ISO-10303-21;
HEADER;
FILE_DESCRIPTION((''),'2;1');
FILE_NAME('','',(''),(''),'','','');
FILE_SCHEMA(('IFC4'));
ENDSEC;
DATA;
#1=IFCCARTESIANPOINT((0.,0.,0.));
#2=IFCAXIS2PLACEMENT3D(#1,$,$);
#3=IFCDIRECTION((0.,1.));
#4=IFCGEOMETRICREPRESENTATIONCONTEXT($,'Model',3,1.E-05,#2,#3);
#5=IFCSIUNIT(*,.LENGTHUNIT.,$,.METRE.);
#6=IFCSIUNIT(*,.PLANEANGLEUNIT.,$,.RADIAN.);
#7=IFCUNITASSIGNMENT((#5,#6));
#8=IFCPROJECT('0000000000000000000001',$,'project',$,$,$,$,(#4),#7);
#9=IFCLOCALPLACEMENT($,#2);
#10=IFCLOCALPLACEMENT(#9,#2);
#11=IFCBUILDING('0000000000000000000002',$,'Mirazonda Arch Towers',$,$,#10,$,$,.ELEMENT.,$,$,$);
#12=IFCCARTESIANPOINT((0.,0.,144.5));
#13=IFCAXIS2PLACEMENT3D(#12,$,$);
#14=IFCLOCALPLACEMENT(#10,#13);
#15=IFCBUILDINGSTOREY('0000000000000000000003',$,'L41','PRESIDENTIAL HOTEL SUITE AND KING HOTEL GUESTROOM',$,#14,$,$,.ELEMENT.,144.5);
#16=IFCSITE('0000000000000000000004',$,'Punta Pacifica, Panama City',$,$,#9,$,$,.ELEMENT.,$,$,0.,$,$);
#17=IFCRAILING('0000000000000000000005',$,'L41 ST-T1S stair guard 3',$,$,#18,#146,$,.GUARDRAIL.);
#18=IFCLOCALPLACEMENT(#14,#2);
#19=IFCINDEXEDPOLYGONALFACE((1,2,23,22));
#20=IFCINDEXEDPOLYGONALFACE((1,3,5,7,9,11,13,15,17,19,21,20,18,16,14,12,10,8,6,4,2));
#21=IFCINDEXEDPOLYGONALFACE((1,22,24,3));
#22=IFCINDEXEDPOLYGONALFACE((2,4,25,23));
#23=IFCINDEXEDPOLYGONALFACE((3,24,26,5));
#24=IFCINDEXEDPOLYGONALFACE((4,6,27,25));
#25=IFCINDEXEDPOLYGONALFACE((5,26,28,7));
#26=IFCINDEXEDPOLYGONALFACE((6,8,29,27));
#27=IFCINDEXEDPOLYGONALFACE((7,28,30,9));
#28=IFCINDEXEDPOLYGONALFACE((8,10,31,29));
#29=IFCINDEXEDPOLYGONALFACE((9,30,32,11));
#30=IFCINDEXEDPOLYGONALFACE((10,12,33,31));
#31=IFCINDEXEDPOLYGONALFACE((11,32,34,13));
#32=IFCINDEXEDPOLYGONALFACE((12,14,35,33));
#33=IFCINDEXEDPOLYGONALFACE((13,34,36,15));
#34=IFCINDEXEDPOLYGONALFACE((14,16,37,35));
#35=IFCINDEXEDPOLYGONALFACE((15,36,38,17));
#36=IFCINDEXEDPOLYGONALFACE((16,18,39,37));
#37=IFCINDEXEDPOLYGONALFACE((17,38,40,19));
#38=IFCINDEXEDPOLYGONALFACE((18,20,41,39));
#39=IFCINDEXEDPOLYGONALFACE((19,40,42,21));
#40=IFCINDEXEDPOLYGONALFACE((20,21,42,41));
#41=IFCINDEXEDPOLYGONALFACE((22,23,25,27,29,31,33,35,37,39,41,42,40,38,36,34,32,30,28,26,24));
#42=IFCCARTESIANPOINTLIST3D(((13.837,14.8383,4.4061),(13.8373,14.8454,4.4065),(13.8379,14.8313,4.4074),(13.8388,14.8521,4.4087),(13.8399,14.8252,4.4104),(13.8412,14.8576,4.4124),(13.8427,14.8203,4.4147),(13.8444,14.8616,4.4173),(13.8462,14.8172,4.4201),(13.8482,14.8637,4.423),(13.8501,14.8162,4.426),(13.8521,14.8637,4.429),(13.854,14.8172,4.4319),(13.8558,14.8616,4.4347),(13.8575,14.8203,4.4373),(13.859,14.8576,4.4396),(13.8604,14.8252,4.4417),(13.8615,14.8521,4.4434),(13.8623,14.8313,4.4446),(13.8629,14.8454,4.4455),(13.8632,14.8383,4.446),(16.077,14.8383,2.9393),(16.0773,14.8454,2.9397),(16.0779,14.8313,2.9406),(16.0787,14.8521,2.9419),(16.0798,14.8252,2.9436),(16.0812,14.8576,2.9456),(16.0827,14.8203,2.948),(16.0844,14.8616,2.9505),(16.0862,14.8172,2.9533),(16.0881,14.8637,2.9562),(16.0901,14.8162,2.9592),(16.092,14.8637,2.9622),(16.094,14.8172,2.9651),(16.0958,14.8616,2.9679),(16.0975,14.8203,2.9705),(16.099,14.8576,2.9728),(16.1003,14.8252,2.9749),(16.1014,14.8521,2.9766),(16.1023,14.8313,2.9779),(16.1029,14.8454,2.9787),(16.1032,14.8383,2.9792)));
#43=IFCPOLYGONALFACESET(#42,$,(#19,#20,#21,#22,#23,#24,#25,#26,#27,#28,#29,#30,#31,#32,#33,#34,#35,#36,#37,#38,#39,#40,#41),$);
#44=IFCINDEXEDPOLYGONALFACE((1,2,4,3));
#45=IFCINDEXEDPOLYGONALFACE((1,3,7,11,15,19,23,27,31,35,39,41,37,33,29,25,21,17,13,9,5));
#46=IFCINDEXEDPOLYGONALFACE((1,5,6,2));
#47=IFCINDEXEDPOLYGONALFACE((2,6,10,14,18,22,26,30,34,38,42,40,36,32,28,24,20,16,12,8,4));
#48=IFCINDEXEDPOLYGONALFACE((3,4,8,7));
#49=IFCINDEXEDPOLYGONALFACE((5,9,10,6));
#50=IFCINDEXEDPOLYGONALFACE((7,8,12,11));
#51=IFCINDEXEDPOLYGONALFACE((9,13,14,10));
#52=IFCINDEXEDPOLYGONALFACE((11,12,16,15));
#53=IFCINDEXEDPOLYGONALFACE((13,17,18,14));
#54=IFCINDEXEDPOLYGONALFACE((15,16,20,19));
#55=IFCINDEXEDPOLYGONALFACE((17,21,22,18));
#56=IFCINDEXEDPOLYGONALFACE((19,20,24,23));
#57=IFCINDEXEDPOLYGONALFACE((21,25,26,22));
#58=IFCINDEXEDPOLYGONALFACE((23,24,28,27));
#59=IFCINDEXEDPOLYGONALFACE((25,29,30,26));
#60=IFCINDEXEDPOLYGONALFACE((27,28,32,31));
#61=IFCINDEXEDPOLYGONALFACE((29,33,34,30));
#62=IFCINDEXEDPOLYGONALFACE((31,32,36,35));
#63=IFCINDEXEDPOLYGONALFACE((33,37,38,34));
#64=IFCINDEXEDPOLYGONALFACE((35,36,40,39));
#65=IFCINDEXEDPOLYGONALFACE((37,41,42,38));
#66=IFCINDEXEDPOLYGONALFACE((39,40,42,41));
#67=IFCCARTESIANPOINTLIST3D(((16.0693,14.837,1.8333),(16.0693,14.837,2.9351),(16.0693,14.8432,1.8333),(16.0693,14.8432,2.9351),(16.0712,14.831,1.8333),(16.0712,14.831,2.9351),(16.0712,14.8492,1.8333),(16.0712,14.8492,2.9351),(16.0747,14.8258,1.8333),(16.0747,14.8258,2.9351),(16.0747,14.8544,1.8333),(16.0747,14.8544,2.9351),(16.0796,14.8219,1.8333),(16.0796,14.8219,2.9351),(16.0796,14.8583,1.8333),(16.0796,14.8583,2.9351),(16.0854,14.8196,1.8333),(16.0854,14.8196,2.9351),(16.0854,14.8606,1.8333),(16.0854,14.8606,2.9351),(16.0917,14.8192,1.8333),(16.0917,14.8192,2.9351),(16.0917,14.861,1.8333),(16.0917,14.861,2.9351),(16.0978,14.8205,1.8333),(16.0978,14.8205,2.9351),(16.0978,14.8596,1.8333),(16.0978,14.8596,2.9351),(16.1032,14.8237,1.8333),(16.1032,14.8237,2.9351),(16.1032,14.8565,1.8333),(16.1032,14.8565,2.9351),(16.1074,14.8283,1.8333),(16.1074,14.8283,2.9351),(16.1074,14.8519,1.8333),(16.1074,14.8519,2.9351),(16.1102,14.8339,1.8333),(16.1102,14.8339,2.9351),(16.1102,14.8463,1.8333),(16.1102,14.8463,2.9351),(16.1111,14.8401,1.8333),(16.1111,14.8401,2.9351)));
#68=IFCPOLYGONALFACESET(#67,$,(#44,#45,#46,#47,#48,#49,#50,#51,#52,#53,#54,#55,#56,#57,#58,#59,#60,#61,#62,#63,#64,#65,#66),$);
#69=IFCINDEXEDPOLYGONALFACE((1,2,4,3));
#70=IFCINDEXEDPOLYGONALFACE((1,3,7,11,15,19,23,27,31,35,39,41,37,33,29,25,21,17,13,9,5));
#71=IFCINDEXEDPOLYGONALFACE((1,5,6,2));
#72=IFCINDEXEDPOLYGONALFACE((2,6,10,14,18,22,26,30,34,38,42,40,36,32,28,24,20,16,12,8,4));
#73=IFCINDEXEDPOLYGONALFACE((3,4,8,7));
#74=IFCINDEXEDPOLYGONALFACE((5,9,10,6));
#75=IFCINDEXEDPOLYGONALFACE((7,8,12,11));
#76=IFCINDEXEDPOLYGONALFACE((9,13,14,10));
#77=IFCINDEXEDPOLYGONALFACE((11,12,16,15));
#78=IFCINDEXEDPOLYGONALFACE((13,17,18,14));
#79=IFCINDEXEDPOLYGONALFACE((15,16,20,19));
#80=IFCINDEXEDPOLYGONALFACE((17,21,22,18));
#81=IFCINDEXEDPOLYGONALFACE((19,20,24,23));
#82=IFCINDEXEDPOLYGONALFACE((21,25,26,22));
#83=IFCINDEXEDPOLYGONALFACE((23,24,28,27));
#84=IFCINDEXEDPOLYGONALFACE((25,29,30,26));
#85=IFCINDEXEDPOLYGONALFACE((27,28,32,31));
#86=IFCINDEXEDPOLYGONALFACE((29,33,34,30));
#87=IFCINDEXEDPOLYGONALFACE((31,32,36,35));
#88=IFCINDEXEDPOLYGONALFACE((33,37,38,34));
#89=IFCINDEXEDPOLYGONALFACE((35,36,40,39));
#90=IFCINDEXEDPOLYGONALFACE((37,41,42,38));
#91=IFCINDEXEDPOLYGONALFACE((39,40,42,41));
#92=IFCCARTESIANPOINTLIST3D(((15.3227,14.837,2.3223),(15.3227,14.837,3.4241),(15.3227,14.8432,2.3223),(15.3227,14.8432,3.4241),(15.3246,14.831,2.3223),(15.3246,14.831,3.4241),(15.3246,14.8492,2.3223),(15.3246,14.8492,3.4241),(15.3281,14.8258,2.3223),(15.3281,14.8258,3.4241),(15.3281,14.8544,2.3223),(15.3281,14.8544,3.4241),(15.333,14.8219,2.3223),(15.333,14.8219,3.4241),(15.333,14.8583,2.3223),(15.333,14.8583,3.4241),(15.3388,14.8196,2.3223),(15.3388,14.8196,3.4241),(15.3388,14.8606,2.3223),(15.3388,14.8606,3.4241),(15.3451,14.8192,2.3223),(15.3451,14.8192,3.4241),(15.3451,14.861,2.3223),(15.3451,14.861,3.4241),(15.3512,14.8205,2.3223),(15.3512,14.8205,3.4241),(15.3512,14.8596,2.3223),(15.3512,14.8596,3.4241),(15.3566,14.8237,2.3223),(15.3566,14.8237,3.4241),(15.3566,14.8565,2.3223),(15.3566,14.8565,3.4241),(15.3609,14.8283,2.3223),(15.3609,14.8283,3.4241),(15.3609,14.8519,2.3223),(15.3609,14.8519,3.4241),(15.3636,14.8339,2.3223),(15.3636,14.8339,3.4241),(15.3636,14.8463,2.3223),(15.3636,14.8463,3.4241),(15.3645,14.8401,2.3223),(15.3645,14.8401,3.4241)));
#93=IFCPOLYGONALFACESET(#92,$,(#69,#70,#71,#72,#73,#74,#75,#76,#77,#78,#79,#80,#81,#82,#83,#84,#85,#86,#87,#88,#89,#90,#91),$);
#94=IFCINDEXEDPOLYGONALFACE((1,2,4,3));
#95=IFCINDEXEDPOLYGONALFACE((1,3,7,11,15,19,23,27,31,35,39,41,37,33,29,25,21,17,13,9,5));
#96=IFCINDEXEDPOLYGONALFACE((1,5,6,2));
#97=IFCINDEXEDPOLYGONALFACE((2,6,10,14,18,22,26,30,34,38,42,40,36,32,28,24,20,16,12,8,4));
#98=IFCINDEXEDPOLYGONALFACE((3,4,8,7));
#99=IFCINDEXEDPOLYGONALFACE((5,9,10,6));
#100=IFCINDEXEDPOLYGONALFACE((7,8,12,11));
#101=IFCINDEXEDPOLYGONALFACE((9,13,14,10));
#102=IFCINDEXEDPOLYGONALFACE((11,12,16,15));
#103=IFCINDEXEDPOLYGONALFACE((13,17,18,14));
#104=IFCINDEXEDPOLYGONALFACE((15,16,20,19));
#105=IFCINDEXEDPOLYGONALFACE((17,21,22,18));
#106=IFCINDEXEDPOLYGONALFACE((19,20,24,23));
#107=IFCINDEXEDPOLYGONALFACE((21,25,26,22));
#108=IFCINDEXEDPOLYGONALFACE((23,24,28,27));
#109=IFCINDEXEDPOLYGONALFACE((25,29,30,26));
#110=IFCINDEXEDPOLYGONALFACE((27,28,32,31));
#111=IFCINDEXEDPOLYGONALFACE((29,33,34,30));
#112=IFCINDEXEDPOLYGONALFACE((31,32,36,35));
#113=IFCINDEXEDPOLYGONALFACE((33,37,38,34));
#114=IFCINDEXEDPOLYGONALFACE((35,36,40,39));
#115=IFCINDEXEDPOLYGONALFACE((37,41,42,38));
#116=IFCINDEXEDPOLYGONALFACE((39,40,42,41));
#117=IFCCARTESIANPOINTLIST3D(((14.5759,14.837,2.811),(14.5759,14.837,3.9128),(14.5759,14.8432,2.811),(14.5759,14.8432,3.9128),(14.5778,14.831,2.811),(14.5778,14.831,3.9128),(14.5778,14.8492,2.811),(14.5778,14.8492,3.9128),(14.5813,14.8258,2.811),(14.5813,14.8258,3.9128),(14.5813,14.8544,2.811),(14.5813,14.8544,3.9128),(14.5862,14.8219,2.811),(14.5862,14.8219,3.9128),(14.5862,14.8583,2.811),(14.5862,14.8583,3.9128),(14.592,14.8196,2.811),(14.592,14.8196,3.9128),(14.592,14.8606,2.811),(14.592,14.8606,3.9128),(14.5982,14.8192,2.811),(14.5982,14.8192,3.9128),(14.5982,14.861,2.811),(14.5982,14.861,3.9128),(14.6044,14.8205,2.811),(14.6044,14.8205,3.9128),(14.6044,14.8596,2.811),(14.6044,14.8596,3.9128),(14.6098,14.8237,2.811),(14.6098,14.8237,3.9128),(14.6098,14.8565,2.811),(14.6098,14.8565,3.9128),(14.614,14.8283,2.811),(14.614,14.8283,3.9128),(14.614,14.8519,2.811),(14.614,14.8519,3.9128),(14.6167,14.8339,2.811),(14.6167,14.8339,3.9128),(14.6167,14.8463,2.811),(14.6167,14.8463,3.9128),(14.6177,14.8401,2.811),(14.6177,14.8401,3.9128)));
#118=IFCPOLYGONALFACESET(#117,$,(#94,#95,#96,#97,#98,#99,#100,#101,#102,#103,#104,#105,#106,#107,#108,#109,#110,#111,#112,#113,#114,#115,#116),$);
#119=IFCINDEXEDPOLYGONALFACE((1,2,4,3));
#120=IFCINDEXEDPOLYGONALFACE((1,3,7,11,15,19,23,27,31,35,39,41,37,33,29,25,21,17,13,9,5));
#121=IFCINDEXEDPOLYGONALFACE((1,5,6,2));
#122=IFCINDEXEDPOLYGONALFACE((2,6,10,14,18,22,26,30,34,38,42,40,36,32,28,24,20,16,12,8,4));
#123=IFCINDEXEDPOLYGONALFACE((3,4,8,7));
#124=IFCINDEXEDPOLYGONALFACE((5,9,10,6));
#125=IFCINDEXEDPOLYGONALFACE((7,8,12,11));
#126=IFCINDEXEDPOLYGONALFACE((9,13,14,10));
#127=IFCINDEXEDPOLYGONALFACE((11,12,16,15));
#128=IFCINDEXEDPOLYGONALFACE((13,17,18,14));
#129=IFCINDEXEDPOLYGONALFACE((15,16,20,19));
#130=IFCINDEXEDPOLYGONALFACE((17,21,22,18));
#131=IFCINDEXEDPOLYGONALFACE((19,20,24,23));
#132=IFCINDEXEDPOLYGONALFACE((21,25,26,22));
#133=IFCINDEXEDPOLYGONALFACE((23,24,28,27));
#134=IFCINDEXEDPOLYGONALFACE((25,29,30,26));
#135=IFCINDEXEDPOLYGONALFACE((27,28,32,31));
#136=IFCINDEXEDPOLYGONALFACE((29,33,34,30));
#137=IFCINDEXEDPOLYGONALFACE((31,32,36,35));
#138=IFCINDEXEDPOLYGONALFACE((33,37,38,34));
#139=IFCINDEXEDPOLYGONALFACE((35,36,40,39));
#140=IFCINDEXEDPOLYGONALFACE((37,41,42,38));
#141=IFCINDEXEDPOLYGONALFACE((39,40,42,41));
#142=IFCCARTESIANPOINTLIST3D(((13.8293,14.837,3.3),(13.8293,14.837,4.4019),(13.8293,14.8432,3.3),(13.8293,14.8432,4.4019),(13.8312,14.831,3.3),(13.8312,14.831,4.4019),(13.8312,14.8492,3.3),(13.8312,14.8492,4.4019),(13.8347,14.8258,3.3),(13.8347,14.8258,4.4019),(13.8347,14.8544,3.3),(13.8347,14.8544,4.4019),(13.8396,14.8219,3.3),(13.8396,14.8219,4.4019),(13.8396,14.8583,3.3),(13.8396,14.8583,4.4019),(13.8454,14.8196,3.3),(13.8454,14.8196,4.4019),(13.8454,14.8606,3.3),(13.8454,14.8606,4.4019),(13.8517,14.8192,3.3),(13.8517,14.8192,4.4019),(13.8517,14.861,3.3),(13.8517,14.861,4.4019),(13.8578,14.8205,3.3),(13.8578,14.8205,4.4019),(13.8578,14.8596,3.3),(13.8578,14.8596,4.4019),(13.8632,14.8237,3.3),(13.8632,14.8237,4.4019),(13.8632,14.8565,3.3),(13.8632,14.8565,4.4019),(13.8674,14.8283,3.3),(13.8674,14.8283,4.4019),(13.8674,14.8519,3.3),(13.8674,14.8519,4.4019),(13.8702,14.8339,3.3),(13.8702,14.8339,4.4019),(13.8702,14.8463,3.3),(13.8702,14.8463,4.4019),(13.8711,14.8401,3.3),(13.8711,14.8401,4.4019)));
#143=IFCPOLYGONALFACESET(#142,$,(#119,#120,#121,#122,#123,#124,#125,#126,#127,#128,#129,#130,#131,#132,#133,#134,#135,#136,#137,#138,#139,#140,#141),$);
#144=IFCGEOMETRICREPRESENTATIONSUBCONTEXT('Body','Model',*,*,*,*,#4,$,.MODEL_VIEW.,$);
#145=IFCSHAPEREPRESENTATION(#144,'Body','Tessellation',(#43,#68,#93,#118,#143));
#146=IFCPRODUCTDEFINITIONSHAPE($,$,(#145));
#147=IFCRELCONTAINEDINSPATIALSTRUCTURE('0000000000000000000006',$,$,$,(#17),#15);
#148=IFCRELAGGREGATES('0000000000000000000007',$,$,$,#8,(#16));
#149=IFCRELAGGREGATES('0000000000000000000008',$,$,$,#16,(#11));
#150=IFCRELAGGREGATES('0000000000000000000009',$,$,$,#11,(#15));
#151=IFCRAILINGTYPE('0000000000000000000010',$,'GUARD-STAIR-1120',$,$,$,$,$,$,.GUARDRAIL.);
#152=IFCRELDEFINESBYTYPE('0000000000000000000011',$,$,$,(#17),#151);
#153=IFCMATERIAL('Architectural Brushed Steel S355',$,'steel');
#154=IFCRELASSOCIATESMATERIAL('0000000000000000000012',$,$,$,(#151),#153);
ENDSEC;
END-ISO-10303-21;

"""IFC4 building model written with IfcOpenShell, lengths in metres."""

from ifc_helpers import new_model, si_unit, direction, frame, origin, origin_2d, place, context, subcontext, project, spatial, circle, extrude, material, type_object, element, save


model = new_model("IFC4")

# Units and contexts
model_context = context("Model", 3, precision=1e-05, world=origin(), true_north=direction((0.0, 1.0)))
body_context = subcontext(model_context, "Body", "Model", "MODEL_VIEW")
ifc_project = project(units=[si_unit("LENGTHUNIT", "METRE"), si_unit("PLANEANGLEUNIT", "RADIAN")], contexts=[model_context])

# Site, building, storey
site_placement = place(None, origin())
site = spatial("IfcSite", under=ifc_project, at=site_placement, Name="Punta Pacifica, Panama City", CompositionType="ELEMENT", RefElevation=0.0)
building_placement = place(site_placement, origin())
building = spatial("IfcBuilding", under=site, at=building_placement, Name="Mirazonda Arch Towers", CompositionType="ELEMENT")
storey_placement = place(building_placement, frame((0.0, 0.0, 144.5)))
storey = spatial("IfcBuildingStorey", under=building, at=storey_placement, Name="L41", Description="PRESIDENTIAL HOTEL SUITE AND KING HOTEL GUESTROOM", CompositionType="ELEMENT", Elevation=144.5)

# Shared definitions
ifc_material_1 = material(Name="Architectural Brushed Steel S355", Category="steel")

# Railing
railing_type_1 = type_object("IfcRailingType", Name="GUARD-STAIR-1120", PredefinedType="GUARDRAIL", material=ifc_material_1)
railing_1_placement = place(storey_placement, frame((16.0901, 14.8401, 1.8333)))
element("IfcRailing", 1, at=railing_1_placement, inside=storey, type_object=railing_type_1, Name="L41 ST-T1S stair guard 3", PredefinedType="GUARDRAIL", context=body_context, shape_type="SweptSolid", body=[
    extrude(circle(Radius=0.0239, at=origin_2d()), frame((0.0, 0.0, 1.126), z_axis=(-0.836595, 0.0, 0.547822), x_axis=(0.0, -1.0, 0.0)), (0.0, 0.0, 1.0), 2.6775),
    extrude(circle(Radius=0.021, at=origin_2d()), origin(), (0.0, 0.0, 1.0), 1.1018),
    extrude(circle(Radius=0.021, at=origin_2d()), frame((-0.7466, 0.0, 0.489)), (0.0, 0.0, 1.0), 1.1018),
    extrude(circle(Radius=0.021, at=origin_2d()), frame((-1.4934, 0.0, 0.9778)), (0.0, 0.0, 1.0), 1.1018),
    extrude(circle(Radius=0.021, at=origin_2d()), frame((-2.24, 0.0, 1.4668)), (0.0, 0.0, 1.0), 1.1018),
])

save(model, "model.ifc")
